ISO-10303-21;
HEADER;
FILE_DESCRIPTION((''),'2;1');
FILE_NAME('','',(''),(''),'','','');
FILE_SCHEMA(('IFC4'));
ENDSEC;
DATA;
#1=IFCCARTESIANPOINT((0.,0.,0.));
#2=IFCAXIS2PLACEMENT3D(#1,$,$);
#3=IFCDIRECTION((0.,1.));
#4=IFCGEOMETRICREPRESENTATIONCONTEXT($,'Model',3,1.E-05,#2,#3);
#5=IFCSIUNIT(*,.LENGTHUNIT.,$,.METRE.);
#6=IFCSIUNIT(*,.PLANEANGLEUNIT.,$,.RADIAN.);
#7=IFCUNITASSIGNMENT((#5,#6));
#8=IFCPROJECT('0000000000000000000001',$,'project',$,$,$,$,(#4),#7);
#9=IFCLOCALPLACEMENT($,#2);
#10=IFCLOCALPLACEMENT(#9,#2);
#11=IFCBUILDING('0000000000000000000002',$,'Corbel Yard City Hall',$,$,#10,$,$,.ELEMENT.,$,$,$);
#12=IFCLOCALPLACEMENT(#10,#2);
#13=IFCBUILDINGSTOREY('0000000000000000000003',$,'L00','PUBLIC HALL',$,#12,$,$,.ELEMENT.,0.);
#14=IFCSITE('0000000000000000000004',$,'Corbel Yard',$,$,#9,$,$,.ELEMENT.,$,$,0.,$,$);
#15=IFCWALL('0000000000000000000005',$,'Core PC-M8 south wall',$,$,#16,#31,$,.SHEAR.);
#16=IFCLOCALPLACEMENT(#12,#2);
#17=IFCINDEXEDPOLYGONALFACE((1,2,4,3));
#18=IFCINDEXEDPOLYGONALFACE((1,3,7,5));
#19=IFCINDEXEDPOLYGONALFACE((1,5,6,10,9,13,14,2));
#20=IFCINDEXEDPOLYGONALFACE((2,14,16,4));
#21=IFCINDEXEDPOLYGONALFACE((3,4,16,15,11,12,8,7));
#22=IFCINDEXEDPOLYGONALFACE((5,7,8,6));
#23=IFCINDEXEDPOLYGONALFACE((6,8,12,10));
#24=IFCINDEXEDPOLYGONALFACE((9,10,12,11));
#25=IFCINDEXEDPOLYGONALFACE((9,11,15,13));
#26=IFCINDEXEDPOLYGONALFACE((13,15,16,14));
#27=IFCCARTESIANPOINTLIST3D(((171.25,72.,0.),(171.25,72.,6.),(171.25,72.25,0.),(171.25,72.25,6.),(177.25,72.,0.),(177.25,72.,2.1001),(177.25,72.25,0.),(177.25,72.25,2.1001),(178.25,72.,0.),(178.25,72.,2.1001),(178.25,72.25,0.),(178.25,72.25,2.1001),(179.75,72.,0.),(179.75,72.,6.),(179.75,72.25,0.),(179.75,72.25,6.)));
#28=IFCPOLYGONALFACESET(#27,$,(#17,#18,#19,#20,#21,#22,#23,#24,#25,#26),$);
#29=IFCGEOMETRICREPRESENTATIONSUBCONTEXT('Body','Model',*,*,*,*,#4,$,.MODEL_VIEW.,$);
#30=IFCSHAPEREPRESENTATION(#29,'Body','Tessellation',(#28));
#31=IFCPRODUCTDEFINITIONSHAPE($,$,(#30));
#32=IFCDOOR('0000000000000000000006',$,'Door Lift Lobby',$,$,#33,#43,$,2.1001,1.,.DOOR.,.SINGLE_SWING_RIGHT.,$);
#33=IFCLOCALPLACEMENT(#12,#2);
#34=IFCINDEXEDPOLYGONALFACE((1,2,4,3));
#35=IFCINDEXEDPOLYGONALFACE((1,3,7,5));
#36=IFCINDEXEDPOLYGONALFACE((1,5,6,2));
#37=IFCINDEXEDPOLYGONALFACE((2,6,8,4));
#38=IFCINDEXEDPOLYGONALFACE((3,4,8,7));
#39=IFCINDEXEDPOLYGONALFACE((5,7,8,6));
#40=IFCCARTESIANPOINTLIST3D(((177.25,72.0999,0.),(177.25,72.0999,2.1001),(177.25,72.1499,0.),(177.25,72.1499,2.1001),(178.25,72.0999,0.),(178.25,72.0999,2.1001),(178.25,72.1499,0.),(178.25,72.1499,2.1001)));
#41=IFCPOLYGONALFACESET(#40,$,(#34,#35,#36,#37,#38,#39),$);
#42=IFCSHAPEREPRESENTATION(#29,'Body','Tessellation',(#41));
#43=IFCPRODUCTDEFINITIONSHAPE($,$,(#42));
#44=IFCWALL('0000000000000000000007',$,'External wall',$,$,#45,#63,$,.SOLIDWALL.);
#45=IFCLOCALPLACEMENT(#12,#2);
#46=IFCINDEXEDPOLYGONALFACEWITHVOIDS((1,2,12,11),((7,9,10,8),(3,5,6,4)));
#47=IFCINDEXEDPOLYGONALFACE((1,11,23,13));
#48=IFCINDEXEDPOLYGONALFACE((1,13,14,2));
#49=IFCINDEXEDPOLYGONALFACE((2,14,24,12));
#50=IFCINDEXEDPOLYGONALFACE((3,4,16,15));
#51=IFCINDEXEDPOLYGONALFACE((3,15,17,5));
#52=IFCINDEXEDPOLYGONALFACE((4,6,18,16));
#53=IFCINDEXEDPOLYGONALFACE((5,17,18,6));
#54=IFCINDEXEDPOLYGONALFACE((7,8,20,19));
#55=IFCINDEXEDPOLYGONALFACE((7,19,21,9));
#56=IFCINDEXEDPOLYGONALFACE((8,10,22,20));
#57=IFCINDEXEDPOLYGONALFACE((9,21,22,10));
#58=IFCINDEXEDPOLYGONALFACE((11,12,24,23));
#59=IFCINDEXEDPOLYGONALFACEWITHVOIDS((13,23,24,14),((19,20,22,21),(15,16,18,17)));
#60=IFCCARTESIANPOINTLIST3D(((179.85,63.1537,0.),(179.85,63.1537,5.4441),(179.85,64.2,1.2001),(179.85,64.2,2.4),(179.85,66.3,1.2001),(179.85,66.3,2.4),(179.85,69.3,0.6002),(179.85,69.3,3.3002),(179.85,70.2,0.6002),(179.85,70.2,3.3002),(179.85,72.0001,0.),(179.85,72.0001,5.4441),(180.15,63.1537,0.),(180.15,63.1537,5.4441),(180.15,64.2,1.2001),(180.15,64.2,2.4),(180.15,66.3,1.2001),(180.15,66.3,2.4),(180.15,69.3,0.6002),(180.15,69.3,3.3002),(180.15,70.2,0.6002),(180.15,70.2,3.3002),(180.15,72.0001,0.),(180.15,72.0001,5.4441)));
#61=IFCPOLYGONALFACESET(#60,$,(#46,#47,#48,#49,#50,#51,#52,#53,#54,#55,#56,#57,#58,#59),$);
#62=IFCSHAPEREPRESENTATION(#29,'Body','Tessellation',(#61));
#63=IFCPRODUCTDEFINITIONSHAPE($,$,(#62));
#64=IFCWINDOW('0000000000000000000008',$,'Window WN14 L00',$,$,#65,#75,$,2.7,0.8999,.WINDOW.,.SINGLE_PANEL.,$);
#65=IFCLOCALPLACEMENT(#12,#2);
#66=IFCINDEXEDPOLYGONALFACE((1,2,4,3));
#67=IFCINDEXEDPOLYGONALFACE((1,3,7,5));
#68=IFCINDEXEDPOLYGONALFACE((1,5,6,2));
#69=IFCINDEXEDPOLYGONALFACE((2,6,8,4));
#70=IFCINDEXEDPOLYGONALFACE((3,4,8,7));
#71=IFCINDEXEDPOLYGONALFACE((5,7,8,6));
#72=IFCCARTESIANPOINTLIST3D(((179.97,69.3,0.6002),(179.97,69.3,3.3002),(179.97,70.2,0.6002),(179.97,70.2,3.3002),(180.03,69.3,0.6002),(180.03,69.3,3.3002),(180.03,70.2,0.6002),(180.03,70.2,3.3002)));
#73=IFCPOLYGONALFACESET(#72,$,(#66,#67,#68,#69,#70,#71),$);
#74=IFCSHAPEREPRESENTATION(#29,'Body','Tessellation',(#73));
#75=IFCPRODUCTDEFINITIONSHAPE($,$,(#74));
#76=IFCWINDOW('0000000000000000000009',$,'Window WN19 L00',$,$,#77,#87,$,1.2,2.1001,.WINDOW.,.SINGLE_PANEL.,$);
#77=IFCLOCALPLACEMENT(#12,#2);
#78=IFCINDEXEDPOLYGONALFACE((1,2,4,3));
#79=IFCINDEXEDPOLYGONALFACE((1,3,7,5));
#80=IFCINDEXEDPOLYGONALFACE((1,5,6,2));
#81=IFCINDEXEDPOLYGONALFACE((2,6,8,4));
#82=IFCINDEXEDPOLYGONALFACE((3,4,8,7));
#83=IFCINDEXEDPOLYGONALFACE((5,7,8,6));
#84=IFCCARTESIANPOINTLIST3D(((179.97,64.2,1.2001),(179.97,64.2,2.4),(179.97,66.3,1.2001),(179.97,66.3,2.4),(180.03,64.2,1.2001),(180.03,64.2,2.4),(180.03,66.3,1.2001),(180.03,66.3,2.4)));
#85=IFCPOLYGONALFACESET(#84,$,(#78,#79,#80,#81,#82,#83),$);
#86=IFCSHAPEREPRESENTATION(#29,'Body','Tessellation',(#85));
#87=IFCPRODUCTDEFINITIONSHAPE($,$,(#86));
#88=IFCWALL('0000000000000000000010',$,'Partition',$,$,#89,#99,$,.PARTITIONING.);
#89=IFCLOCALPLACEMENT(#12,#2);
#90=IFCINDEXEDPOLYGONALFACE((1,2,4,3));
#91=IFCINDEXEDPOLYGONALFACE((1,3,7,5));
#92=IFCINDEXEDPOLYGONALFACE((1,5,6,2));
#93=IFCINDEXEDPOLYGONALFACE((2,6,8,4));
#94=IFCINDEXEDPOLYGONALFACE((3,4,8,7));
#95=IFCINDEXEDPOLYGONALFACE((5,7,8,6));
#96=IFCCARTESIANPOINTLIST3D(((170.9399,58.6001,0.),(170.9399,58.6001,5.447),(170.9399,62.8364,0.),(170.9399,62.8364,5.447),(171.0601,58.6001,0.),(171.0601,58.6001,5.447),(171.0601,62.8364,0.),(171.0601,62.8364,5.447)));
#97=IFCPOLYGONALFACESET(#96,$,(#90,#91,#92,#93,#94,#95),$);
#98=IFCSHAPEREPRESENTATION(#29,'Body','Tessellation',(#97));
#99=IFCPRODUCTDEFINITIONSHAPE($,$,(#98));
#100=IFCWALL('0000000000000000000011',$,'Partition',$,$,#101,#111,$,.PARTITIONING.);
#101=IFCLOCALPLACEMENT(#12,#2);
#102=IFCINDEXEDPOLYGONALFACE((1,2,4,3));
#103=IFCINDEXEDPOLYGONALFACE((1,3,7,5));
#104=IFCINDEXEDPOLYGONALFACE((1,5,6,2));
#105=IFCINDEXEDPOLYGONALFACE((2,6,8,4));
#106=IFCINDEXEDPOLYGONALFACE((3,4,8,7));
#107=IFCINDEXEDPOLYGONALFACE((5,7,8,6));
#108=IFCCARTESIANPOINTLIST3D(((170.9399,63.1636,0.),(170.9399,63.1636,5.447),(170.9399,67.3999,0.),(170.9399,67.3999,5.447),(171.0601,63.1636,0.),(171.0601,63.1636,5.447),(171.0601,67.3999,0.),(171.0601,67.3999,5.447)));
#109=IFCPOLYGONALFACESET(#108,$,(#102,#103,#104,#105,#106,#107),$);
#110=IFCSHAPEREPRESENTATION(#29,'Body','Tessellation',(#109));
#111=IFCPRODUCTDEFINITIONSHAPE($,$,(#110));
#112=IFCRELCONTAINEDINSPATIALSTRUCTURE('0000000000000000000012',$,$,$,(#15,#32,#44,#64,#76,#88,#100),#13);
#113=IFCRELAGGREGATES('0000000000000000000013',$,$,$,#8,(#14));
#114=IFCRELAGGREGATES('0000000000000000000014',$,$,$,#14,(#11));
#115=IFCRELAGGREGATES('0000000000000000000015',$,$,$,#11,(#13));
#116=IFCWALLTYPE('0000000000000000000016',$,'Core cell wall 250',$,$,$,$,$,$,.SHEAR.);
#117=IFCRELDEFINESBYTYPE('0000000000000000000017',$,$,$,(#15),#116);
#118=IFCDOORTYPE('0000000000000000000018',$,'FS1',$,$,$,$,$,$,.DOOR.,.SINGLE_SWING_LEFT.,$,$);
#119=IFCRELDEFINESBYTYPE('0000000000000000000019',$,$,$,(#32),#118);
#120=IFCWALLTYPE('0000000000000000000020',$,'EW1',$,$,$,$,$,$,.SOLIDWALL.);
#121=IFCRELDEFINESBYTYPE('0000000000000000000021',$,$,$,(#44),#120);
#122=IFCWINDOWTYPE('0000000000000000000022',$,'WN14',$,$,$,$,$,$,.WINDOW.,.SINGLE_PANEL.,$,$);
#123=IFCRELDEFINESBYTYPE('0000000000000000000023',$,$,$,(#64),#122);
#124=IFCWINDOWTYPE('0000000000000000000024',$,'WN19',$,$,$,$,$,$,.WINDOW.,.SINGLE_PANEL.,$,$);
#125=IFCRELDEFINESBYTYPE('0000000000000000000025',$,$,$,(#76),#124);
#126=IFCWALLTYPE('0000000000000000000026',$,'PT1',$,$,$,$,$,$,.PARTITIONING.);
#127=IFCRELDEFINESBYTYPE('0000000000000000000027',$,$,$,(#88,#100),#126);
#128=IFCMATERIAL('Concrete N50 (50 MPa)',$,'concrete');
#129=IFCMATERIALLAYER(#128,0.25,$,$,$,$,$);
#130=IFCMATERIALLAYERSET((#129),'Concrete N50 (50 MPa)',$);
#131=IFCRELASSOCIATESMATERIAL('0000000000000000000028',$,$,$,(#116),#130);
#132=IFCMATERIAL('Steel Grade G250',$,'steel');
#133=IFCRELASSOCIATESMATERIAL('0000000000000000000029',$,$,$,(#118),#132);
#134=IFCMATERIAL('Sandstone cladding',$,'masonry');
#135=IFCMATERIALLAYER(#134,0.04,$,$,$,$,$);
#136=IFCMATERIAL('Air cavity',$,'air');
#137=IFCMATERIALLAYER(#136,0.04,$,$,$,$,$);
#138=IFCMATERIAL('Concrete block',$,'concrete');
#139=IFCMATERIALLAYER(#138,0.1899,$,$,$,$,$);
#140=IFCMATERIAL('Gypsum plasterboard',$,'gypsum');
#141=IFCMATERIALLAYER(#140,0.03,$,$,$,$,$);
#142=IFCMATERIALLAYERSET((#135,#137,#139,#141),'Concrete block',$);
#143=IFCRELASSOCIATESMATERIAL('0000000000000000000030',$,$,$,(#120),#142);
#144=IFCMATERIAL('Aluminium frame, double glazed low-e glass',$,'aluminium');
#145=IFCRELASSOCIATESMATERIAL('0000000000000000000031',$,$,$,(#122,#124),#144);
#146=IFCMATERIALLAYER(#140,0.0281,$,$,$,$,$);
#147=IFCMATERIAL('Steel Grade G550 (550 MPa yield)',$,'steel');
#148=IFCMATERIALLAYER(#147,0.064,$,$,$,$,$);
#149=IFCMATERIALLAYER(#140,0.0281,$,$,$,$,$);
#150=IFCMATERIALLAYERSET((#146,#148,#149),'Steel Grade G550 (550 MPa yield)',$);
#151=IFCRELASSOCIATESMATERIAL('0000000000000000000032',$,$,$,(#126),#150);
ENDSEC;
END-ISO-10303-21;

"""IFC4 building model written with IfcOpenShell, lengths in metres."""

from ifc_helpers import new_model, si_unit, direction, frame, frame_2d, origin, place, context, subcontext, project, spatial, rectangle, extrude, material, layer, layer_set, type_object, element, fill, save


model = new_model("IFC4")

# Units and contexts
model_context = context("Model", 3, precision=1e-05, world=origin(), true_north=direction((0.0, 1.0)))
body_context = subcontext(model_context, "Body", "Model", "MODEL_VIEW")
ifc_project = project(units=[si_unit("LENGTHUNIT", "METRE"), si_unit("PLANEANGLEUNIT", "RADIAN")], contexts=[model_context])

# Site, building, storey
site_placement = place(None, origin())
site = spatial("IfcSite", under=ifc_project, at=site_placement, Name="Corbel Yard", CompositionType="ELEMENT", RefElevation=0.0)
building_placement = place(site_placement, origin())
building = spatial("IfcBuilding", under=site, at=building_placement, Name="Corbel Yard City Hall", CompositionType="ELEMENT")
storey_placement = place(building_placement, origin())
storey = spatial("IfcBuildingStorey", under=building, at=storey_placement, Name="L00", Description="PUBLIC HALL", CompositionType="ELEMENT", Elevation=0.0)

# Shared definitions
ifc_material_1 = material(Name="Concrete N50 (50 MPa)", Category="concrete")
ifc_layer_1 = layer(ifc_material_1, 0.25)
ifc_layer_set_1 = layer_set([ifc_layer_1], Name="Concrete N50 (50 MPa)")
wall_type_1 = type_object("IfcWallType", Name="Core cell wall 250", PredefinedType="SHEAR", material=ifc_layer_set_1)

# Wall, opening, door
wall_1_placement = place(storey_placement, frame((171.25, 72.125, 0.0), z_axis=(0.0, 0.0, 1.0), x_axis=(1.0, 0.0, 0.0)))
wall_1 = element("IfcWall", 1, at=wall_1_placement, inside=storey, type_object=wall_type_1, Name="Core PC-M8 south wall", PredefinedType="SHEAR", context=body_context, shape_type="SweptSolid", body=[
    extrude(rectangle(XDim=8.5, YDim=0.25, at=frame_2d((4.25, 0.0))), origin(), (0.0, 0.0, 1.0), 6.0),
])
opening_1_placement = place(wall_1_placement, frame((6.0, 0.0, 0.0)))
opening_1 = element("IfcOpeningElement", 2, at=opening_1_placement, cuts=wall_1, PredefinedType="OPENING", context=body_context, shape_type="SweptSolid", body=[
    extrude(rectangle(XDim=1.0, YDim=2.1001, at=frame_2d((0.5, 1.05))), frame((0.0, 0.135, 0.0), z_axis=(0.0, -1.0, 0.0), x_axis=(1.0, 0.0, 0.0)), (0.0, 0.0, 1.0), 0.27),
])
ifc_material_2 = material(Name="Steel Grade G250", Category="steel")
door_type_1 = type_object("IfcDoorType", Name="FS1", OperationType="SINGLE_SWING_LEFT", PredefinedType="DOOR", material=ifc_material_2)
door_1_placement = place(opening_1_placement, origin())
door_1 = element("IfcDoor", 3, at=door_1_placement, inside=storey, type_object=door_type_1, Name="Door Lift Lobby", OperationType="SINGLE_SWING_RIGHT", OverallHeight=2.1001, OverallWidth=1.0, PredefinedType="DOOR", context=body_context, shape_type="SweptSolid", body=[
    extrude(rectangle(XDim=1.0, YDim=2.1001, at=frame_2d((0.5, 1.05))), frame((0.0, 0.0249, 0.0), z_axis=(0.0, -1.0, 0.0), x_axis=(1.0, 0.0, 0.0)), (0.0, 0.0, 1.0), 0.05),
])
fill(opening_1, door_1)

# Wall, openings, windows
ifc_material_3 = material(Name="Sandstone cladding", Category="masonry")
ifc_layer_2 = layer(ifc_material_3, 0.04)
ifc_material_4 = material(Name="Air cavity", Category="air")
ifc_layer_3 = layer(ifc_material_4, 0.04)
ifc_material_5 = material(Name="Concrete block", Category="concrete")
ifc_layer_4 = layer(ifc_material_5, 0.1899)
ifc_material_6 = material(Name="Gypsum plasterboard", Category="gypsum")
ifc_layer_5 = layer(ifc_material_6, 0.03)
ifc_layer_set_2 = layer_set([ifc_layer_2, ifc_layer_3, ifc_layer_4, ifc_layer_5], Name="Concrete block")
wall_type_2 = type_object("IfcWallType", Name="EW1", PredefinedType="SOLIDWALL", material=ifc_layer_set_2)
wall_2_placement = place(storey_placement, frame((180.0, 63.1536, 0.0), z_axis=(0.0, 0.0, 1.0), x_axis=(0.0, 1.0, 0.0)))
wall_2 = element("IfcWall", 4, at=wall_2_placement, inside=storey, type_object=wall_type_2, Name="External wall", PredefinedType="SOLIDWALL", context=body_context, shape_type="SweptSolid", body=[
    extrude(rectangle(XDim=8.8464, YDim=0.3, at=frame_2d((4.4233, 0.0))), origin(), (0.0, 0.0, 1.0), 5.4441),
])
opening_2_placement = place(wall_2_placement, frame((1.0464, 0.0, 1.2)))
opening_2 = element("IfcOpeningElement", 5, at=opening_2_placement, cuts=wall_2, PredefinedType="OPENING", context=body_context, shape_type="SweptSolid", body=[
    extrude(rectangle(XDim=2.1001, YDim=1.2, at=frame_2d((1.05, 0.6001))), frame((0.0, 0.1599, 0.0), z_axis=(0.0, -1.0, 0.0), x_axis=(1.0, 0.0, 0.0)), (0.0, 0.0, 1.0), 0.3201),
])
opening_3_placement = place(wall_2_placement, frame((6.1465, 0.0, 0.6001)))
opening_3 = element("IfcOpeningElement", 6, at=opening_3_placement, cuts=wall_2, PredefinedType="OPENING", context=body_context, shape_type="SweptSolid", body=[
    extrude(rectangle(XDim=0.8999, YDim=2.7, at=frame_2d((0.45, 1.3501))), frame((0.0, 0.1599, 0.0), z_axis=(0.0, -1.0, 0.0), x_axis=(1.0, 0.0, 0.0)), (0.0, 0.0, 1.0), 0.3201),
])
ifc_material_7 = material(Name="Aluminium frame, double glazed low-e glass", Category="aluminium")
window_type_1 = type_object("IfcWindowType", Name="WN14", PartitioningType="SINGLE_PANEL", PredefinedType="WINDOW", material=ifc_material_7)
window_1_placement = place(opening_3_placement, origin())
window_1 = element("IfcWindow", 7, at=window_1_placement, inside=storey, type_object=window_type_1, Name="Window WN14 L00", OverallHeight=2.7, OverallWidth=0.8999, PartitioningType="SINGLE_PANEL", PredefinedType="WINDOW", context=body_context, shape_type="SweptSolid", body=[
    extrude(rectangle(XDim=0.8999, YDim=2.7, at=frame_2d((0.45, 1.3501))), frame((0.0, 0.03, 0.0), z_axis=(0.0, -1.0, 0.0), x_axis=(1.0, 0.0, 0.0)), (0.0, 0.0, 1.0), 0.0601),
])
fill(opening_3, window_1)
window_type_2 = type_object("IfcWindowType", Name="WN19", PartitioningType="SINGLE_PANEL", PredefinedType="WINDOW", material=ifc_material_7)
window_2_placement = place(opening_2_placement, origin())
window_2 = element("IfcWindow", 8, at=window_2_placement, inside=storey, type_object=window_type_2, Name="Window WN19 L00", OverallHeight=1.2, OverallWidth=2.1001, PartitioningType="SINGLE_PANEL", PredefinedType="WINDOW", context=body_context, shape_type="SweptSolid", body=[
    extrude(rectangle(XDim=2.1001, YDim=1.2, at=frame_2d((1.05, 0.6001))), frame((0.0, 0.03, 0.0), z_axis=(0.0, -1.0, 0.0), x_axis=(1.0, 0.0, 0.0)), (0.0, 0.0, 1.0), 0.0601),
])
fill(opening_2, window_2)

# Walls
ifc_layer_6 = layer(ifc_material_6, 0.0281)
ifc_material_8 = material(Name="Steel Grade G550 (550 MPa yield)", Category="steel")
ifc_layer_7 = layer(ifc_material_8, 0.064)
ifc_layer_8 = layer(ifc_material_6, 0.0281)
ifc_layer_set_3 = layer_set([ifc_layer_6, ifc_layer_7, ifc_layer_8], Name="Steel Grade G550 (550 MPa yield)")
wall_type_3 = type_object("IfcWallType", Name="PT1", PredefinedType="PARTITIONING", material=ifc_layer_set_3)
for number, where, z_axis, x_axis, name in (
    (9, (171.0, 58.6001, 0.0), (0.0, 0.0, 1.0), (0.0, 1.0, 0.0), "Partition"),
    (10, (171.0, 63.1636, 0.0), (0.0, 0.0, 1.0), (0.0, 1.0, 0.0), "Partition"),
):
    element("IfcWall", number, at=place(storey_placement, frame(where, z_axis=z_axis, x_axis=x_axis)), inside=storey, type_object=wall_type_3, Name=name, PredefinedType="PARTITIONING", context=body_context, shape_type="SweptSolid", body=[
        extrude(rectangle(XDim=4.2363, YDim=0.1201, at=frame_2d((2.1182, 0.0))), origin(), (0.0, 0.0, 1.0), 5.447),
    ])

save(model, "model.ifc")
